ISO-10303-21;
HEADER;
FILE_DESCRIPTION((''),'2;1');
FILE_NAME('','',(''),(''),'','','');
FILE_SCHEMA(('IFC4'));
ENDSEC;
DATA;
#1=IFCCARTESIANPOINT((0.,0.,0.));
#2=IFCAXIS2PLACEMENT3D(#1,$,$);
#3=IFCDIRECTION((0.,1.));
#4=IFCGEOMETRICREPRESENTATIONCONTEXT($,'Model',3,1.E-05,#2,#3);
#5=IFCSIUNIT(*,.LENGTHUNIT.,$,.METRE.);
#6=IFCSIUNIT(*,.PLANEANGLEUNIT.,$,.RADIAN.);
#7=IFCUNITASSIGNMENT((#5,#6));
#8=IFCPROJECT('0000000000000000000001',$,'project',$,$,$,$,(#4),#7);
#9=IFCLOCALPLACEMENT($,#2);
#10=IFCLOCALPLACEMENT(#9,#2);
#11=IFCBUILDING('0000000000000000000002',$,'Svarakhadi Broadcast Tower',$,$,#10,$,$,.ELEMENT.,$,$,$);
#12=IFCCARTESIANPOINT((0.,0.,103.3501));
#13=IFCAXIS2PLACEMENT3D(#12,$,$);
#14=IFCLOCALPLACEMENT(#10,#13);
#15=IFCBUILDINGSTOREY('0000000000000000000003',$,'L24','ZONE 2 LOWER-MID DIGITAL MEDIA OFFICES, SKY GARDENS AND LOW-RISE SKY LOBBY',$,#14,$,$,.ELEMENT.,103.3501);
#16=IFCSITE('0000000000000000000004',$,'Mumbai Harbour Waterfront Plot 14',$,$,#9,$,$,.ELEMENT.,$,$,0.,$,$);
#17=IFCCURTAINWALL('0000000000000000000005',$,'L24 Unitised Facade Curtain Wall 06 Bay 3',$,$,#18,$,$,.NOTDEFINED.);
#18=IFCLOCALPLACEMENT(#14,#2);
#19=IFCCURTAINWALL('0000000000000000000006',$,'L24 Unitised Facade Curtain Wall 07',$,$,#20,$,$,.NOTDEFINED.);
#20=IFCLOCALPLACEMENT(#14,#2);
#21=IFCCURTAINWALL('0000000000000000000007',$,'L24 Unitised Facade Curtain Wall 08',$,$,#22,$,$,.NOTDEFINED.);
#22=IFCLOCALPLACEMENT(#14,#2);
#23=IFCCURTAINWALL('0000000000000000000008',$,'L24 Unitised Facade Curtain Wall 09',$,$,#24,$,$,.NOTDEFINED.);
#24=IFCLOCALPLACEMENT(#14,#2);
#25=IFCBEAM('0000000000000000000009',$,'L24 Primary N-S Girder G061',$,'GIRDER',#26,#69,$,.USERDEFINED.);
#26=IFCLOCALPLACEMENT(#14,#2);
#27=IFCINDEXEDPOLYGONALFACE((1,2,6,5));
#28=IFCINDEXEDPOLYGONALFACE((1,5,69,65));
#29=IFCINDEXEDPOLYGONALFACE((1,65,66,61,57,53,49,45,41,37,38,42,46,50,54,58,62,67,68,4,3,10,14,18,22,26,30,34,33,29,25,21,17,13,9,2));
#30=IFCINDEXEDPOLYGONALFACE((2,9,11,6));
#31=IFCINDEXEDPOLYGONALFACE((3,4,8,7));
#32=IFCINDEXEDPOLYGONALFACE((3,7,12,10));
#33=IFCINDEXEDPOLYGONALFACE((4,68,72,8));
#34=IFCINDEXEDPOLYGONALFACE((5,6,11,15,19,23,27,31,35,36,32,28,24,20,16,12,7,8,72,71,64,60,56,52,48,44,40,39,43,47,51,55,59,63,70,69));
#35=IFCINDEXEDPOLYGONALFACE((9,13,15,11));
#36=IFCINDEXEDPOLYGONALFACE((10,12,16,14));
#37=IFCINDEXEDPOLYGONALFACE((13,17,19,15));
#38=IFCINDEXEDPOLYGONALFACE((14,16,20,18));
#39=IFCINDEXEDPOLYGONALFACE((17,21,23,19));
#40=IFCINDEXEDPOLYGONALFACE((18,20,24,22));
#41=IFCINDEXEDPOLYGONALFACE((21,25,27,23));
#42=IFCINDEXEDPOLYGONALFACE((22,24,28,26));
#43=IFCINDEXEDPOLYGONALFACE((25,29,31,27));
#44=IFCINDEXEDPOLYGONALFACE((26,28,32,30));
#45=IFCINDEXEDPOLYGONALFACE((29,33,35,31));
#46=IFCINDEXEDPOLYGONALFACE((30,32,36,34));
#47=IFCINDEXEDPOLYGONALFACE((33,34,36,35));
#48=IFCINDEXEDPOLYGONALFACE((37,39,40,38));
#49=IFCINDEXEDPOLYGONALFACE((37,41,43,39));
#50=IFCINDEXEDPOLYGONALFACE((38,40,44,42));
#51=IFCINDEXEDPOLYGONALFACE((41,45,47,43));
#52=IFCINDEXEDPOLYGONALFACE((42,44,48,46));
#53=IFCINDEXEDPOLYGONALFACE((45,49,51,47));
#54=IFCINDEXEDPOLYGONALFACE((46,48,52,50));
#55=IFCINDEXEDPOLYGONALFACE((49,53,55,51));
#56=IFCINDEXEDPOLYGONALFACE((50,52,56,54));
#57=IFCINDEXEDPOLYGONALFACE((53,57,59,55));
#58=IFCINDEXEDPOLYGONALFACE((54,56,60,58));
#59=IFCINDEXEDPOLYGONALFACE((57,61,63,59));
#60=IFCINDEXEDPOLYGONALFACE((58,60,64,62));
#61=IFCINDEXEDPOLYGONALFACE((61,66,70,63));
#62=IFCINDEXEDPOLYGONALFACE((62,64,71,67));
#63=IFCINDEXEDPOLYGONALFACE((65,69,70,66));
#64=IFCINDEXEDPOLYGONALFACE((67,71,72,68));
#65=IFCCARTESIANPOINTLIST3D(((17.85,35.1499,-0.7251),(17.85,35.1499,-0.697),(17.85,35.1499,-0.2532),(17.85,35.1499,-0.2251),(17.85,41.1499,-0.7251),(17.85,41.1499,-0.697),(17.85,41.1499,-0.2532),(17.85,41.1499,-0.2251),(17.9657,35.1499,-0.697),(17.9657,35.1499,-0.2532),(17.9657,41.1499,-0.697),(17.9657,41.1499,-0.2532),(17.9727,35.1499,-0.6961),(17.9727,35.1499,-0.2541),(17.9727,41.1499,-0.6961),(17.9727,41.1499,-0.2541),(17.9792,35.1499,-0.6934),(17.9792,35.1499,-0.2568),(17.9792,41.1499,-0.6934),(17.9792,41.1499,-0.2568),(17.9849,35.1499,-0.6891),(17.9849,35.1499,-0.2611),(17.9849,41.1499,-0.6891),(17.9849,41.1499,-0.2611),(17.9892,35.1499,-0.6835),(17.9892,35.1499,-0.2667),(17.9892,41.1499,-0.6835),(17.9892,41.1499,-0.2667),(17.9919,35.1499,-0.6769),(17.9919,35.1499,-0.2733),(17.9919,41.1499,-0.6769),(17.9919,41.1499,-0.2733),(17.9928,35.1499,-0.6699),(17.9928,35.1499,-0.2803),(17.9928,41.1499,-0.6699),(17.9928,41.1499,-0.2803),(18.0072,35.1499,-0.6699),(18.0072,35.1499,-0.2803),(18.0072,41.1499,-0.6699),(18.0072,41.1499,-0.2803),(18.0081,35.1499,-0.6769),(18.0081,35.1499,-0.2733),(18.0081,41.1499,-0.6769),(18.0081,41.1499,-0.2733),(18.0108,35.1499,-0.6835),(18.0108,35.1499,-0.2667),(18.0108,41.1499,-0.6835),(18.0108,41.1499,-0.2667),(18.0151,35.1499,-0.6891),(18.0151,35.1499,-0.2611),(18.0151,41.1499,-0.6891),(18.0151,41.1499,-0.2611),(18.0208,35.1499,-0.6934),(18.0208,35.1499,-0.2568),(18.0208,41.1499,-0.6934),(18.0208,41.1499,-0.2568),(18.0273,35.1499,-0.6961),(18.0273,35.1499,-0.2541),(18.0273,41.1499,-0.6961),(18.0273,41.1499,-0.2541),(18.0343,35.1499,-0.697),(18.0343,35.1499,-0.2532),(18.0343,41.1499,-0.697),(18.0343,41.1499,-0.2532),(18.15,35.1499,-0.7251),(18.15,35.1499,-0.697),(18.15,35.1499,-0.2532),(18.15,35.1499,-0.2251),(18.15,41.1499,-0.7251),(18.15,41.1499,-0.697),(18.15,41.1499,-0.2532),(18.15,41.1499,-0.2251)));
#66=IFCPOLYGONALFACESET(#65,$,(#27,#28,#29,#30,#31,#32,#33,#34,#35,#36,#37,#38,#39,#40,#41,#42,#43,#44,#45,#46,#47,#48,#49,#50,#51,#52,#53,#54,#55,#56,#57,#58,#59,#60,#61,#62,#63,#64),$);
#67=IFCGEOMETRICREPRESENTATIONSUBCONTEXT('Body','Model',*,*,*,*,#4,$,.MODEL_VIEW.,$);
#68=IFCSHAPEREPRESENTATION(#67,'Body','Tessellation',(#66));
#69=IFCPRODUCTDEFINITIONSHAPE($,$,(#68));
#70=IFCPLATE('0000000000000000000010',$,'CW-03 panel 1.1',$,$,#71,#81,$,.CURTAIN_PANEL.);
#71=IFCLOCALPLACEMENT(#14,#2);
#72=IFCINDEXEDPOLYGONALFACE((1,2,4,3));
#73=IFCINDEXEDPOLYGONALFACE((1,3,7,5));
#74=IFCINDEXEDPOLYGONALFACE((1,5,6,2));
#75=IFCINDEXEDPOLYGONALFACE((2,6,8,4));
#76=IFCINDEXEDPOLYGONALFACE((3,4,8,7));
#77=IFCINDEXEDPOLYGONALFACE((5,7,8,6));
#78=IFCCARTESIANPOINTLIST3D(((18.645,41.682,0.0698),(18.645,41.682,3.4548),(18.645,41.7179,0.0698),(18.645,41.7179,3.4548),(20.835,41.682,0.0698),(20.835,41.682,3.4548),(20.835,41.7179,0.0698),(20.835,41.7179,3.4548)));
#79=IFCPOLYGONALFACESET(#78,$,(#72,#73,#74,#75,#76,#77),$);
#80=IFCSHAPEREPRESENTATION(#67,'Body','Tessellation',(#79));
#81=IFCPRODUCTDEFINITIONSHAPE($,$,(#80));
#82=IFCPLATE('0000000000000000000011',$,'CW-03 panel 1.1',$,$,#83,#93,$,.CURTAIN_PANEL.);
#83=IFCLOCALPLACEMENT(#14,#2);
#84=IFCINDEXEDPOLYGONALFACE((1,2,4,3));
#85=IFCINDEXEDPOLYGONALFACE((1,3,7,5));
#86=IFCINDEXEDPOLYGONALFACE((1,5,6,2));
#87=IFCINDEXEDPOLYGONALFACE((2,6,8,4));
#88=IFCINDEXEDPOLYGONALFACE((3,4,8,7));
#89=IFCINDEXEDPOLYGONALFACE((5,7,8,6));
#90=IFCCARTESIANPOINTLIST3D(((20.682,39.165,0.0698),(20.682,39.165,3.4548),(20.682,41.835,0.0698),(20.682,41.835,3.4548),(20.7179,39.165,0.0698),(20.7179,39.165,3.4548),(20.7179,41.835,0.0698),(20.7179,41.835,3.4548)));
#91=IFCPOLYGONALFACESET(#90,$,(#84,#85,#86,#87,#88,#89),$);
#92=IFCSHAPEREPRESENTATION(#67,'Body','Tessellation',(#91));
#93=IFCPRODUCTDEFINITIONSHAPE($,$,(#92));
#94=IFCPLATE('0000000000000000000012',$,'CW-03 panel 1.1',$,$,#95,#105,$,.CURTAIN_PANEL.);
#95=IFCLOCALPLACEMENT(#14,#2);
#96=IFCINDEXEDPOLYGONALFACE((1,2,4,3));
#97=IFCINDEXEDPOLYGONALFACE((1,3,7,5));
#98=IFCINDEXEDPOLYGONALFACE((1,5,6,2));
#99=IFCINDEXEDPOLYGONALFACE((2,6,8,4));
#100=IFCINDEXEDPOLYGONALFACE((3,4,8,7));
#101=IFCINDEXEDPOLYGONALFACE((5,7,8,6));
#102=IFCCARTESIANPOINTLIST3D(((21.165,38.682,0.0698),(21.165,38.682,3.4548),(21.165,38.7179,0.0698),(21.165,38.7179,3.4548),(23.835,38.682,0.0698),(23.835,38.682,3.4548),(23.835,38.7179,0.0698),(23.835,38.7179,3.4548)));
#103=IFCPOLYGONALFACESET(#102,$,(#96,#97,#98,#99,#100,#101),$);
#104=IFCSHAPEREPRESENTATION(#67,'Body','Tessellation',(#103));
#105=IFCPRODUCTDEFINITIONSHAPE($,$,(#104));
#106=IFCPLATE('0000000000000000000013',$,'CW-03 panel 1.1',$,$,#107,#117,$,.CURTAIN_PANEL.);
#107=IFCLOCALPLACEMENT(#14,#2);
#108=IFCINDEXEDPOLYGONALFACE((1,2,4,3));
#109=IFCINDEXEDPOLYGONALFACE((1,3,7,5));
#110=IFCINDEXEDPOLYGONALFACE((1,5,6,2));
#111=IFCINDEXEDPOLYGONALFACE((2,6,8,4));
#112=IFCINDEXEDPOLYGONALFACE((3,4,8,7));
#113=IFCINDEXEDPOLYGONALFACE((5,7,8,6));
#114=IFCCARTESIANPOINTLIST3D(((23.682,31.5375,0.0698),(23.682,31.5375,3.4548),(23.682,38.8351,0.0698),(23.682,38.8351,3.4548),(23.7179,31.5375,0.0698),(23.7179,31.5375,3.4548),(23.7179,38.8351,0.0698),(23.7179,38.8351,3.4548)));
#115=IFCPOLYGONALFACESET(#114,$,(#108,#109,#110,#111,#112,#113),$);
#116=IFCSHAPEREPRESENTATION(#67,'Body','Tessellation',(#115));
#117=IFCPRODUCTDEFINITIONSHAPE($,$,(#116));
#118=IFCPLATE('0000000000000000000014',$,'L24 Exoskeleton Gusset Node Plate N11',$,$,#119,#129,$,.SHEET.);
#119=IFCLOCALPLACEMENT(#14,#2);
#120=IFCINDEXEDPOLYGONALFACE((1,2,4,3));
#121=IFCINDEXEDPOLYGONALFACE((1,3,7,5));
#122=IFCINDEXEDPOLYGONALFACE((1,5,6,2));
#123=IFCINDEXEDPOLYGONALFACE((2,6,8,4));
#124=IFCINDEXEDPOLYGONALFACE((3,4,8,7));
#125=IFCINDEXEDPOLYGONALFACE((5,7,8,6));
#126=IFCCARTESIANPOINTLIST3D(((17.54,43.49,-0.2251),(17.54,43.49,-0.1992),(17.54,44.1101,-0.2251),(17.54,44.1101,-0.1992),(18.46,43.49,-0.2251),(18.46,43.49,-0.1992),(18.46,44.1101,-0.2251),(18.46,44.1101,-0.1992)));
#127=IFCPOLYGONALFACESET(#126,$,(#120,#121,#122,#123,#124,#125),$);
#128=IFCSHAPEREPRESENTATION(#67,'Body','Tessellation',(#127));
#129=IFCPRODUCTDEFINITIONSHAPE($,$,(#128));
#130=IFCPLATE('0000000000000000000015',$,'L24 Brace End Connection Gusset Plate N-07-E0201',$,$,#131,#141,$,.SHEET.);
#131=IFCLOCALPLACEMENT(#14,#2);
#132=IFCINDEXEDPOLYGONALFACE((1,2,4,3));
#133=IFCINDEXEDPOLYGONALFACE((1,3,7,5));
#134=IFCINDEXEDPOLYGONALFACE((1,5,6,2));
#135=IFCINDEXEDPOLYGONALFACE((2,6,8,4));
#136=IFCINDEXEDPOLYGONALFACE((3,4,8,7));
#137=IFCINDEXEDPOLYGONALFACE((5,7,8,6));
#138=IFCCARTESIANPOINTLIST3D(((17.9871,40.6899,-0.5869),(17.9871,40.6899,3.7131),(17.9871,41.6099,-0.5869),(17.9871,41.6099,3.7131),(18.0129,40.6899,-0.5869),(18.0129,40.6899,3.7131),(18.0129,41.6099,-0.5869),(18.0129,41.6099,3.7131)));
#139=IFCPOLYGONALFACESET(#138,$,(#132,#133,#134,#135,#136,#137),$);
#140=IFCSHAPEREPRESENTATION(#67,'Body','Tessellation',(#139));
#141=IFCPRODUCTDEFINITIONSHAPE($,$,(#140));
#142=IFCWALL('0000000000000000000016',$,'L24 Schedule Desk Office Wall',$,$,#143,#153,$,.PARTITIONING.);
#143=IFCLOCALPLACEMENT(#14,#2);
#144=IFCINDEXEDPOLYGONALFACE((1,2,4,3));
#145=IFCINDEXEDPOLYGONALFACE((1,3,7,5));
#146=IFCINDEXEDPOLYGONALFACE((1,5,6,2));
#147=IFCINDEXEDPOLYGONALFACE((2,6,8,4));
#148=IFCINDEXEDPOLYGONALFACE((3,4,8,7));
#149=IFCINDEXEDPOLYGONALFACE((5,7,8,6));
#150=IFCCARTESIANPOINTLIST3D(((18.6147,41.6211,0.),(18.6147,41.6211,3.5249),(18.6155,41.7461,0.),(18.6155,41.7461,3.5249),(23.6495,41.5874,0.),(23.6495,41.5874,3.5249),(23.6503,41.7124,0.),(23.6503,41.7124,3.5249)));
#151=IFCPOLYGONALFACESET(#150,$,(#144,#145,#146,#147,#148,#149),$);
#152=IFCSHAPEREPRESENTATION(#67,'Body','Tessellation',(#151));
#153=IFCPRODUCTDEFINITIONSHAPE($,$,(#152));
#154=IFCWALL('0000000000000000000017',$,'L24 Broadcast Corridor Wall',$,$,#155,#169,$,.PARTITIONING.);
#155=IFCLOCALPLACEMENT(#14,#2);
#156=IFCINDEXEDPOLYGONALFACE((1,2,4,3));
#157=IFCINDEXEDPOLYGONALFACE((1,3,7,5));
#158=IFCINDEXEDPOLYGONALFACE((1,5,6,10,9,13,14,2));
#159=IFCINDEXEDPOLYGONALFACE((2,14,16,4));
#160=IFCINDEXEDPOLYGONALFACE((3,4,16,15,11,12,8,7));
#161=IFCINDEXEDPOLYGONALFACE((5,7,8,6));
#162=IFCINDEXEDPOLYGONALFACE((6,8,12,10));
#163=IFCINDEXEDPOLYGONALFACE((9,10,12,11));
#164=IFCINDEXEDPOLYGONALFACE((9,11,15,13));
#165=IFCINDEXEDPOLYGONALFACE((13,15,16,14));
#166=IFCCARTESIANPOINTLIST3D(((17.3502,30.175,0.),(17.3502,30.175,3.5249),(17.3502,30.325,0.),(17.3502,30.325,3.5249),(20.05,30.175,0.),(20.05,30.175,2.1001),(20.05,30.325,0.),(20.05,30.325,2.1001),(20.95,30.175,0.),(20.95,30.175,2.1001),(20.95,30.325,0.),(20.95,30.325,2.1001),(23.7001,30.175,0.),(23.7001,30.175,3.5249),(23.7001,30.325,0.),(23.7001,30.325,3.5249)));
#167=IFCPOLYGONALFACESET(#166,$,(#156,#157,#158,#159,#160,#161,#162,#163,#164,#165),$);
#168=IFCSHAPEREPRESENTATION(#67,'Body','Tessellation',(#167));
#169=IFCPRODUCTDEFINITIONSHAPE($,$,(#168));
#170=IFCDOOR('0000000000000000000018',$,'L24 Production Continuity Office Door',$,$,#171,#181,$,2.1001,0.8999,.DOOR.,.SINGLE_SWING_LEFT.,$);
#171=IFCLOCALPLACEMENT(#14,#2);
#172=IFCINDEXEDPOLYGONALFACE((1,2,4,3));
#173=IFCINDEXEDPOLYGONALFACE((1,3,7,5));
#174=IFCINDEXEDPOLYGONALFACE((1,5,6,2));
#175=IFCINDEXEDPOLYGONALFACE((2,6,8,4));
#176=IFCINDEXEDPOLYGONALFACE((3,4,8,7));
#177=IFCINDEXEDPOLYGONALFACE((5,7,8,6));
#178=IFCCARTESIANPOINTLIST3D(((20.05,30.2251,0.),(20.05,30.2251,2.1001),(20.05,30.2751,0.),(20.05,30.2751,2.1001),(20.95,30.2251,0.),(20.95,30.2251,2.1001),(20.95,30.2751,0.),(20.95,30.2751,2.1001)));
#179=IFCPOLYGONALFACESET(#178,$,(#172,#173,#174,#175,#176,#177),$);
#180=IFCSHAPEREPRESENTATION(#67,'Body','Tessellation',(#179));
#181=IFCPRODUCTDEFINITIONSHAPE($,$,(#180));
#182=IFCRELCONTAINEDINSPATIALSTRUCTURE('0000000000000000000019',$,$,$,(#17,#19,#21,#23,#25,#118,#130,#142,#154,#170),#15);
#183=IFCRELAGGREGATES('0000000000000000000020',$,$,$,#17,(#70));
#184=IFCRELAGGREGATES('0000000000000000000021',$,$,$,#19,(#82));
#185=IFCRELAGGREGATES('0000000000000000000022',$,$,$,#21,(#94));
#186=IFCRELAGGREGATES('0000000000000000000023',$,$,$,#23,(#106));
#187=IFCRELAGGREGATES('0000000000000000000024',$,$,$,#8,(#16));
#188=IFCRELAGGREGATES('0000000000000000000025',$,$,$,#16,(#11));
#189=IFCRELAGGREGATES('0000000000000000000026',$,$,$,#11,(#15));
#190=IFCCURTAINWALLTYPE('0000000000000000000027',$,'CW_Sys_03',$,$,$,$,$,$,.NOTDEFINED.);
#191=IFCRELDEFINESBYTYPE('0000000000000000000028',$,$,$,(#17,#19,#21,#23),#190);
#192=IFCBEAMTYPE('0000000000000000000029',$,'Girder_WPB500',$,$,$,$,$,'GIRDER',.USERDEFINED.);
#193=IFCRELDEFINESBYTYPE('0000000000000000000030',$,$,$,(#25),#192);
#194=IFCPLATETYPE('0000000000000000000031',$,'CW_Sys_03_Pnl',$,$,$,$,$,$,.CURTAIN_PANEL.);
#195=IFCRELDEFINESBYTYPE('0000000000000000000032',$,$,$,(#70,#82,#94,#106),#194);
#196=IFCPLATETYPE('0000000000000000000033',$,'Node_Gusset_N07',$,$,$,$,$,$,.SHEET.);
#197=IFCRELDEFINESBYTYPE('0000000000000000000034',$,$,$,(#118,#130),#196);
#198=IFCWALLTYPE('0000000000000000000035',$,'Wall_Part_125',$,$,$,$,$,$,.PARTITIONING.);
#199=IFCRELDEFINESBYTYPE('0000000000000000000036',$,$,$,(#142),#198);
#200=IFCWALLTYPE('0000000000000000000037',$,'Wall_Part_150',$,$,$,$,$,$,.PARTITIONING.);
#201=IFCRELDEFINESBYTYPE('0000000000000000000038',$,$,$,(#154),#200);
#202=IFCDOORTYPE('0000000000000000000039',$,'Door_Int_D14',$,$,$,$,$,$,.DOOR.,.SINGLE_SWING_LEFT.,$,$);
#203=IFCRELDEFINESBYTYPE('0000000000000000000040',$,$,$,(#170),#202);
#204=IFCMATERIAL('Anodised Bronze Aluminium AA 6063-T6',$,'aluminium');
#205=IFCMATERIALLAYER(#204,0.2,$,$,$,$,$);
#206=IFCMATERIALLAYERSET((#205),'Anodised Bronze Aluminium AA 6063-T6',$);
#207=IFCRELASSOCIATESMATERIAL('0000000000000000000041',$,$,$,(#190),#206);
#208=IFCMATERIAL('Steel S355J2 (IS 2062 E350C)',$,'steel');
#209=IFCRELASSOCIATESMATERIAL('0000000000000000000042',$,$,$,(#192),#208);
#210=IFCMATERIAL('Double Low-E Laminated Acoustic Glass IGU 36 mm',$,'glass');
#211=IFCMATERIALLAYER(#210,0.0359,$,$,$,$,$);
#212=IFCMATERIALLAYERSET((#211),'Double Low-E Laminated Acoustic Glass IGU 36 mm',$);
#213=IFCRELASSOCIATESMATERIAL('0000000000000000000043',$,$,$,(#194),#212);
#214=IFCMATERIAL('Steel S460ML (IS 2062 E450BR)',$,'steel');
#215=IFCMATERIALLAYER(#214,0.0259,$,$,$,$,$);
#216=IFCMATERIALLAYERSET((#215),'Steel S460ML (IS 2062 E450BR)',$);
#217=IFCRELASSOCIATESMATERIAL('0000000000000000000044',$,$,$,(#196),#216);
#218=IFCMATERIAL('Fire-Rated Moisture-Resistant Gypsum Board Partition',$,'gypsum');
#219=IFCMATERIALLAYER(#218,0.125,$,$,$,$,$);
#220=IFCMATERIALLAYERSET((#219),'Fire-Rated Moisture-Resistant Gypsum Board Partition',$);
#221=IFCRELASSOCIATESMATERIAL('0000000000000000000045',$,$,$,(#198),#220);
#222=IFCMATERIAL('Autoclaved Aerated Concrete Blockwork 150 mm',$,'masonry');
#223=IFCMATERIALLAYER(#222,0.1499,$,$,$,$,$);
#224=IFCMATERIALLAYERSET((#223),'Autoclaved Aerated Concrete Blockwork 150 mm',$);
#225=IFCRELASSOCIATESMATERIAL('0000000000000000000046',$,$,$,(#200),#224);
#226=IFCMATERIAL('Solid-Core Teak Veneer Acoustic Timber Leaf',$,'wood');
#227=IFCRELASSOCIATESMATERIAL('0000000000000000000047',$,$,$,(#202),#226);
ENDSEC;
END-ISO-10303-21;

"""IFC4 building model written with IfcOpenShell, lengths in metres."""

from ifc_helpers import new_model, si_unit, direction, frame, frame_2d, origin, origin_2d, place, context, subcontext, project, spatial, rectangle, i_section, extrude, material, layer, layer_set, material_profile, profile_set, type_object, element, fill, aggregate, save


model = new_model("IFC4")

# Units and contexts
model_context = context("Model", 3, precision=1e-05, world=origin(), true_north=direction((0.0, 1.0)))
body_context = subcontext(model_context, "Body", "Model", "MODEL_VIEW")
ifc_project = project(units=[si_unit("LENGTHUNIT", "METRE"), si_unit("PLANEANGLEUNIT", "RADIAN")], contexts=[model_context])

# Site, building, storey
site_placement = place(None, origin())
site = spatial("IfcSite", under=ifc_project, at=site_placement, Name="Mumbai Harbour Waterfront Plot 14", CompositionType="ELEMENT", RefElevation=0.0)
building_placement = place(site_placement, origin())
building = spatial("IfcBuilding", under=site, at=building_placement, Name="Svarakhadi Broadcast Tower", CompositionType="ELEMENT")
storey_placement = place(building_placement, frame((0.0, 0.0, 103.3501)))
storey = spatial("IfcBuildingStorey", under=building, at=storey_placement, Name="L24", Description="ZONE 2 LOWER-MID DIGITAL MEDIA OFFICES, SKY GARDENS AND LOW-RISE SKY LOBBY", CompositionType="ELEMENT", Elevation=103.3501)

# Curtain walls
ifc_material_1 = material(Name="Anodised Bronze Aluminium AA 6063-T6", Category="aluminium")
ifc_layer_1 = layer(ifc_material_1, 0.2)
ifc_layer_set_1 = layer_set([ifc_layer_1], Name="Anodised Bronze Aluminium AA 6063-T6")
curtain_wall_type = type_object("IfcCurtainWallType", Name="CW_Sys_03", PredefinedType="NOTDEFINED", material=ifc_layer_set_1)
curtain_wall_1_placement = place(storey_placement, origin())
curtain_wall_1 = element("IfcCurtainWall", 1, at=curtain_wall_1_placement, inside=storey, type_object=curtain_wall_type, Name="L24 Unitised Facade Curtain Wall 06 Bay 3", PredefinedType="NOTDEFINED")
curtain_wall_2_placement = place(storey_placement, origin())
curtain_wall_2 = element("IfcCurtainWall", 2, at=curtain_wall_2_placement, inside=storey, type_object=curtain_wall_type, Name="L24 Unitised Facade Curtain Wall 07", PredefinedType="NOTDEFINED")
curtain_wall_3_placement = place(storey_placement, origin())
curtain_wall_3 = element("IfcCurtainWall", 3, at=curtain_wall_3_placement, inside=storey, type_object=curtain_wall_type, Name="L24 Unitised Facade Curtain Wall 08", PredefinedType="NOTDEFINED")
curtain_wall_4_placement = place(storey_placement, origin())
curtain_wall_4 = element("IfcCurtainWall", 4, at=curtain_wall_4_placement, inside=storey, type_object=curtain_wall_type, Name="L24 Unitised Facade Curtain Wall 09", PredefinedType="NOTDEFINED")

# Shared definitions
ifc_material_2 = material(Name="Steel S460ML (IS 2062 E450BR)", Category="steel")

# Beam
ifc_material_3 = material(Name="Steel S355J2 (IS 2062 E350C)", Category="steel")
ifc_material_profile_1 = material_profile(ifc_material_3, i_section(OverallWidth=0.3, OverallDepth=0.5, WebThickness=0.0144, FlangeThickness=0.0281, FilletRadius=0.0271, at=origin_2d()), Name="WPB 500x300x187")
ifc_profile_set_1 = profile_set([ifc_material_profile_1], Name="Steel S355J2 (IS 2062 E350C)")
beam_type = type_object("IfcBeamType", Name="Girder_WPB500", ElementType="GIRDER", PredefinedType="USERDEFINED", material=ifc_profile_set_1)
for number, where, z_axis, x_axis, name in (
    (5, (18.0, 35.1499, -0.4751), (0.0, 1.0, 0.0), (-1.0, 0.0, 0.0), "L24 Primary N-S Girder G061"),
):
    element("IfcBeam", number, at=place(storey_placement, frame(where, z_axis=z_axis, x_axis=x_axis)), inside=storey, type_object=beam_type, Name=name, ObjectType="GIRDER", PredefinedType="USERDEFINED", context=body_context, shape_type="SweptSolid", body=[
        extrude(i_section(OverallWidth=0.3, OverallDepth=0.5, WebThickness=0.0144, FlangeThickness=0.0281, FilletRadius=0.0271, at=origin_2d()), origin(), (0.0, 0.0, 1.0), 6.0),
    ])

# Plates
ifc_material_4 = material(Name="Double Low-E Laminated Acoustic Glass IGU 36 mm", Category="glass")
ifc_layer_2 = layer(ifc_material_4, 0.0359)
ifc_layer_set_2 = layer_set([ifc_layer_2], Name="Double Low-E Laminated Acoustic Glass IGU 36 mm")
plate_type_1 = type_object("IfcPlateType", Name="CW_Sys_03_Pnl", PredefinedType="CURTAIN_PANEL", material=ifc_layer_set_2)
plate_1_placement = place(storey_placement, frame((19.74, 41.7, 0.0698), z_axis=(0.0, 0.0, 1.0), x_axis=(1.0, 0.0, 0.0)))
plate_1 = element("IfcPlate", 6, at=plate_1_placement, type_object=plate_type_1, Name="CW-03 panel 1.1", PredefinedType="CURTAIN_PANEL", context=body_context, shape_type="SweptSolid", body=[
    extrude(rectangle(XDim=2.1899, YDim=0.0359, at=origin_2d()), origin(), (0.0, 0.0, 1.0), 3.385),
])
aggregate(curtain_wall_1, [plate_1])
plate_2_placement = place(storey_placement, frame((20.7, 40.5, 0.0698), z_axis=(0.0, 0.0, 1.0), x_axis=(0.0, -1.0, 0.0)))
plate_2 = element("IfcPlate", 7, at=plate_2_placement, type_object=plate_type_1, Name="CW-03 panel 1.1", PredefinedType="CURTAIN_PANEL", context=body_context, shape_type="SweptSolid", body=[
    extrude(rectangle(XDim=2.6699, YDim=0.0359, at=origin_2d()), origin(), (0.0, 0.0, 1.0), 3.385),
])
aggregate(curtain_wall_2, [plate_2])
plate_3_placement = place(storey_placement, frame((22.5, 38.7, 0.0698), z_axis=(0.0, 0.0, 1.0), x_axis=(1.0, 0.0, 0.0)))
plate_3 = element("IfcPlate", 8, at=plate_3_placement, type_object=plate_type_1, Name="CW-03 panel 1.1", PredefinedType="CURTAIN_PANEL", context=body_context, shape_type="SweptSolid", body=[
    extrude(rectangle(XDim=2.6699, YDim=0.0359, at=origin_2d()), origin(), (0.0, 0.0, 1.0), 3.385),
])
aggregate(curtain_wall_3, [plate_3])
plate_4_placement = place(storey_placement, frame((23.7, 35.1863, 0.0698), z_axis=(0.0, 0.0, 1.0), x_axis=(0.0, -1.0, 0.0)))
plate_4 = element("IfcPlate", 9, at=plate_4_placement, type_object=plate_type_1, Name="CW-03 panel 1.1", PredefinedType="CURTAIN_PANEL", context=body_context, shape_type="SweptSolid", body=[
    extrude(rectangle(XDim=7.2976, YDim=0.0359, at=origin_2d()), origin(), (0.0, 0.0, 1.0), 3.385),
])
aggregate(curtain_wall_4, [plate_4])

# Plates
ifc_layer_3 = layer(ifc_material_2, 0.0259)
ifc_layer_set_3 = layer_set([ifc_layer_3], Name="Steel S460ML (IS 2062 E450BR)")
plate_type_2 = type_object("IfcPlateType", Name="Node_Gusset_N07", PredefinedType="SHEET", material=ifc_layer_set_3)
plate_5_placement = place(storey_placement, frame((18.0, 43.8, -0.2251), z_axis=(0.0, 0.0, 1.0), x_axis=(1.0, 0.0, 0.0)))
element("IfcPlate", 10, at=plate_5_placement, inside=storey, type_object=plate_type_2, Name="L24 Exoskeleton Gusset Node Plate N11", PredefinedType="SHEET", context=body_context, shape_type="SweptSolid", body=[
    extrude(rectangle(XDim=0.9199, YDim=0.6201, at=origin_2d()), origin(), (0.0, 0.0, 1.0), 0.0259),
])
plate_6_placement = place(storey_placement, frame((18.0, 41.1499, -0.5869), z_axis=(0.0, 0.0, 1.0), x_axis=(0.0, 1.0, 0.0)))
element("IfcPlate", 11, at=plate_6_placement, inside=storey, type_object=plate_type_2, Name="L24 Brace End Connection Gusset Plate N-07-E0201", PredefinedType="SHEET", context=body_context, shape_type="SweptSolid", body=[
    extrude(rectangle(XDim=0.9199, YDim=0.0259, at=origin_2d()), origin(), (0.0, 0.0, 1.0), 4.3),
])

# Wall
ifc_material_5 = material(Name="Fire-Rated Moisture-Resistant Gypsum Board Partition", Category="gypsum")
ifc_layer_4 = layer(ifc_material_5, 0.125)
ifc_layer_set_4 = layer_set([ifc_layer_4], Name="Fire-Rated Moisture-Resistant Gypsum Board Partition")
wall_type_1 = type_object("IfcWallType", Name="Wall_Part_125", PredefinedType="PARTITIONING", material=ifc_layer_set_4)
wall_1_placement = place(storey_placement, frame((18.615, 41.6836, 0.0), z_axis=(0.0, 0.0, 1.0), x_axis=(0.999978, -0.006691, 0.0)))
element("IfcWall", 12, at=wall_1_placement, inside=storey, type_object=wall_type_1, Name="L24 Schedule Desk Office Wall", PredefinedType="PARTITIONING", context=body_context, shape_type="SweptSolid", body=[
    extrude(rectangle(XDim=5.0349, YDim=0.125, at=frame_2d((2.5176, 0.0))), origin(), (0.0, 0.0, 1.0), 3.5249),
])

# Wall, opening, door
ifc_material_6 = material(Name="Autoclaved Aerated Concrete Blockwork 150 mm", Category="masonry")
ifc_layer_5 = layer(ifc_material_6, 0.1499)
ifc_layer_set_5 = layer_set([ifc_layer_5], Name="Autoclaved Aerated Concrete Blockwork 150 mm")
wall_type_2 = type_object("IfcWallType", Name="Wall_Part_150", PredefinedType="PARTITIONING", material=ifc_layer_set_5)
wall_2_placement = place(storey_placement, frame((23.7, 30.25, 0.0), z_axis=(0.0, 0.0, 1.0), x_axis=(-1.0, 0.0, 0.0)))
wall_2 = element("IfcWall", 13, at=wall_2_placement, inside=storey, type_object=wall_type_2, Name="L24 Broadcast Corridor Wall", PredefinedType="PARTITIONING", context=body_context, shape_type="SweptSolid", body=[
    extrude(rectangle(XDim=6.3499, YDim=0.1499, at=frame_2d((3.1748, 0.0))), origin(), (0.0, 0.0, 1.0), 3.5249),
])
opening_placement = place(wall_2_placement, frame((2.75, 0.0, 0.0)))
opening = element("IfcOpeningElement", 14, at=opening_placement, cuts=wall_2, PredefinedType="OPENING", context=body_context, shape_type="SweptSolid", body=[
    extrude(rectangle(XDim=0.8999, YDim=2.1001, at=frame_2d((0.45, 1.05))), frame((0.0, 0.085, 0.0), z_axis=(0.0, -1.0, 0.0), x_axis=(1.0, 0.0, 0.0)), (0.0, 0.0, 1.0), 0.1699),
])
ifc_material_7 = material(Name="Solid-Core Teak Veneer Acoustic Timber Leaf", Category="wood")
door_type = type_object("IfcDoorType", Name="Door_Int_D14", OperationType="SINGLE_SWING_LEFT", PredefinedType="DOOR", material=ifc_material_7)
door_placement = place(opening_placement, origin())
door = element("IfcDoor", 15, at=door_placement, inside=storey, type_object=door_type, Name="L24 Production Continuity Office Door", OperationType="SINGLE_SWING_LEFT", OverallHeight=2.1001, OverallWidth=0.8999, PredefinedType="DOOR", context=body_context, shape_type="SweptSolid", body=[
    extrude(rectangle(XDim=0.8999, YDim=2.1001, at=frame_2d((0.45, 1.05))), frame((0.0, 0.0249, 0.0), z_axis=(0.0, -1.0, 0.0), x_axis=(1.0, 0.0, 0.0)), (0.0, 0.0, 1.0), 0.05),
])
fill(opening, door)

save(model, "model.ifc")
